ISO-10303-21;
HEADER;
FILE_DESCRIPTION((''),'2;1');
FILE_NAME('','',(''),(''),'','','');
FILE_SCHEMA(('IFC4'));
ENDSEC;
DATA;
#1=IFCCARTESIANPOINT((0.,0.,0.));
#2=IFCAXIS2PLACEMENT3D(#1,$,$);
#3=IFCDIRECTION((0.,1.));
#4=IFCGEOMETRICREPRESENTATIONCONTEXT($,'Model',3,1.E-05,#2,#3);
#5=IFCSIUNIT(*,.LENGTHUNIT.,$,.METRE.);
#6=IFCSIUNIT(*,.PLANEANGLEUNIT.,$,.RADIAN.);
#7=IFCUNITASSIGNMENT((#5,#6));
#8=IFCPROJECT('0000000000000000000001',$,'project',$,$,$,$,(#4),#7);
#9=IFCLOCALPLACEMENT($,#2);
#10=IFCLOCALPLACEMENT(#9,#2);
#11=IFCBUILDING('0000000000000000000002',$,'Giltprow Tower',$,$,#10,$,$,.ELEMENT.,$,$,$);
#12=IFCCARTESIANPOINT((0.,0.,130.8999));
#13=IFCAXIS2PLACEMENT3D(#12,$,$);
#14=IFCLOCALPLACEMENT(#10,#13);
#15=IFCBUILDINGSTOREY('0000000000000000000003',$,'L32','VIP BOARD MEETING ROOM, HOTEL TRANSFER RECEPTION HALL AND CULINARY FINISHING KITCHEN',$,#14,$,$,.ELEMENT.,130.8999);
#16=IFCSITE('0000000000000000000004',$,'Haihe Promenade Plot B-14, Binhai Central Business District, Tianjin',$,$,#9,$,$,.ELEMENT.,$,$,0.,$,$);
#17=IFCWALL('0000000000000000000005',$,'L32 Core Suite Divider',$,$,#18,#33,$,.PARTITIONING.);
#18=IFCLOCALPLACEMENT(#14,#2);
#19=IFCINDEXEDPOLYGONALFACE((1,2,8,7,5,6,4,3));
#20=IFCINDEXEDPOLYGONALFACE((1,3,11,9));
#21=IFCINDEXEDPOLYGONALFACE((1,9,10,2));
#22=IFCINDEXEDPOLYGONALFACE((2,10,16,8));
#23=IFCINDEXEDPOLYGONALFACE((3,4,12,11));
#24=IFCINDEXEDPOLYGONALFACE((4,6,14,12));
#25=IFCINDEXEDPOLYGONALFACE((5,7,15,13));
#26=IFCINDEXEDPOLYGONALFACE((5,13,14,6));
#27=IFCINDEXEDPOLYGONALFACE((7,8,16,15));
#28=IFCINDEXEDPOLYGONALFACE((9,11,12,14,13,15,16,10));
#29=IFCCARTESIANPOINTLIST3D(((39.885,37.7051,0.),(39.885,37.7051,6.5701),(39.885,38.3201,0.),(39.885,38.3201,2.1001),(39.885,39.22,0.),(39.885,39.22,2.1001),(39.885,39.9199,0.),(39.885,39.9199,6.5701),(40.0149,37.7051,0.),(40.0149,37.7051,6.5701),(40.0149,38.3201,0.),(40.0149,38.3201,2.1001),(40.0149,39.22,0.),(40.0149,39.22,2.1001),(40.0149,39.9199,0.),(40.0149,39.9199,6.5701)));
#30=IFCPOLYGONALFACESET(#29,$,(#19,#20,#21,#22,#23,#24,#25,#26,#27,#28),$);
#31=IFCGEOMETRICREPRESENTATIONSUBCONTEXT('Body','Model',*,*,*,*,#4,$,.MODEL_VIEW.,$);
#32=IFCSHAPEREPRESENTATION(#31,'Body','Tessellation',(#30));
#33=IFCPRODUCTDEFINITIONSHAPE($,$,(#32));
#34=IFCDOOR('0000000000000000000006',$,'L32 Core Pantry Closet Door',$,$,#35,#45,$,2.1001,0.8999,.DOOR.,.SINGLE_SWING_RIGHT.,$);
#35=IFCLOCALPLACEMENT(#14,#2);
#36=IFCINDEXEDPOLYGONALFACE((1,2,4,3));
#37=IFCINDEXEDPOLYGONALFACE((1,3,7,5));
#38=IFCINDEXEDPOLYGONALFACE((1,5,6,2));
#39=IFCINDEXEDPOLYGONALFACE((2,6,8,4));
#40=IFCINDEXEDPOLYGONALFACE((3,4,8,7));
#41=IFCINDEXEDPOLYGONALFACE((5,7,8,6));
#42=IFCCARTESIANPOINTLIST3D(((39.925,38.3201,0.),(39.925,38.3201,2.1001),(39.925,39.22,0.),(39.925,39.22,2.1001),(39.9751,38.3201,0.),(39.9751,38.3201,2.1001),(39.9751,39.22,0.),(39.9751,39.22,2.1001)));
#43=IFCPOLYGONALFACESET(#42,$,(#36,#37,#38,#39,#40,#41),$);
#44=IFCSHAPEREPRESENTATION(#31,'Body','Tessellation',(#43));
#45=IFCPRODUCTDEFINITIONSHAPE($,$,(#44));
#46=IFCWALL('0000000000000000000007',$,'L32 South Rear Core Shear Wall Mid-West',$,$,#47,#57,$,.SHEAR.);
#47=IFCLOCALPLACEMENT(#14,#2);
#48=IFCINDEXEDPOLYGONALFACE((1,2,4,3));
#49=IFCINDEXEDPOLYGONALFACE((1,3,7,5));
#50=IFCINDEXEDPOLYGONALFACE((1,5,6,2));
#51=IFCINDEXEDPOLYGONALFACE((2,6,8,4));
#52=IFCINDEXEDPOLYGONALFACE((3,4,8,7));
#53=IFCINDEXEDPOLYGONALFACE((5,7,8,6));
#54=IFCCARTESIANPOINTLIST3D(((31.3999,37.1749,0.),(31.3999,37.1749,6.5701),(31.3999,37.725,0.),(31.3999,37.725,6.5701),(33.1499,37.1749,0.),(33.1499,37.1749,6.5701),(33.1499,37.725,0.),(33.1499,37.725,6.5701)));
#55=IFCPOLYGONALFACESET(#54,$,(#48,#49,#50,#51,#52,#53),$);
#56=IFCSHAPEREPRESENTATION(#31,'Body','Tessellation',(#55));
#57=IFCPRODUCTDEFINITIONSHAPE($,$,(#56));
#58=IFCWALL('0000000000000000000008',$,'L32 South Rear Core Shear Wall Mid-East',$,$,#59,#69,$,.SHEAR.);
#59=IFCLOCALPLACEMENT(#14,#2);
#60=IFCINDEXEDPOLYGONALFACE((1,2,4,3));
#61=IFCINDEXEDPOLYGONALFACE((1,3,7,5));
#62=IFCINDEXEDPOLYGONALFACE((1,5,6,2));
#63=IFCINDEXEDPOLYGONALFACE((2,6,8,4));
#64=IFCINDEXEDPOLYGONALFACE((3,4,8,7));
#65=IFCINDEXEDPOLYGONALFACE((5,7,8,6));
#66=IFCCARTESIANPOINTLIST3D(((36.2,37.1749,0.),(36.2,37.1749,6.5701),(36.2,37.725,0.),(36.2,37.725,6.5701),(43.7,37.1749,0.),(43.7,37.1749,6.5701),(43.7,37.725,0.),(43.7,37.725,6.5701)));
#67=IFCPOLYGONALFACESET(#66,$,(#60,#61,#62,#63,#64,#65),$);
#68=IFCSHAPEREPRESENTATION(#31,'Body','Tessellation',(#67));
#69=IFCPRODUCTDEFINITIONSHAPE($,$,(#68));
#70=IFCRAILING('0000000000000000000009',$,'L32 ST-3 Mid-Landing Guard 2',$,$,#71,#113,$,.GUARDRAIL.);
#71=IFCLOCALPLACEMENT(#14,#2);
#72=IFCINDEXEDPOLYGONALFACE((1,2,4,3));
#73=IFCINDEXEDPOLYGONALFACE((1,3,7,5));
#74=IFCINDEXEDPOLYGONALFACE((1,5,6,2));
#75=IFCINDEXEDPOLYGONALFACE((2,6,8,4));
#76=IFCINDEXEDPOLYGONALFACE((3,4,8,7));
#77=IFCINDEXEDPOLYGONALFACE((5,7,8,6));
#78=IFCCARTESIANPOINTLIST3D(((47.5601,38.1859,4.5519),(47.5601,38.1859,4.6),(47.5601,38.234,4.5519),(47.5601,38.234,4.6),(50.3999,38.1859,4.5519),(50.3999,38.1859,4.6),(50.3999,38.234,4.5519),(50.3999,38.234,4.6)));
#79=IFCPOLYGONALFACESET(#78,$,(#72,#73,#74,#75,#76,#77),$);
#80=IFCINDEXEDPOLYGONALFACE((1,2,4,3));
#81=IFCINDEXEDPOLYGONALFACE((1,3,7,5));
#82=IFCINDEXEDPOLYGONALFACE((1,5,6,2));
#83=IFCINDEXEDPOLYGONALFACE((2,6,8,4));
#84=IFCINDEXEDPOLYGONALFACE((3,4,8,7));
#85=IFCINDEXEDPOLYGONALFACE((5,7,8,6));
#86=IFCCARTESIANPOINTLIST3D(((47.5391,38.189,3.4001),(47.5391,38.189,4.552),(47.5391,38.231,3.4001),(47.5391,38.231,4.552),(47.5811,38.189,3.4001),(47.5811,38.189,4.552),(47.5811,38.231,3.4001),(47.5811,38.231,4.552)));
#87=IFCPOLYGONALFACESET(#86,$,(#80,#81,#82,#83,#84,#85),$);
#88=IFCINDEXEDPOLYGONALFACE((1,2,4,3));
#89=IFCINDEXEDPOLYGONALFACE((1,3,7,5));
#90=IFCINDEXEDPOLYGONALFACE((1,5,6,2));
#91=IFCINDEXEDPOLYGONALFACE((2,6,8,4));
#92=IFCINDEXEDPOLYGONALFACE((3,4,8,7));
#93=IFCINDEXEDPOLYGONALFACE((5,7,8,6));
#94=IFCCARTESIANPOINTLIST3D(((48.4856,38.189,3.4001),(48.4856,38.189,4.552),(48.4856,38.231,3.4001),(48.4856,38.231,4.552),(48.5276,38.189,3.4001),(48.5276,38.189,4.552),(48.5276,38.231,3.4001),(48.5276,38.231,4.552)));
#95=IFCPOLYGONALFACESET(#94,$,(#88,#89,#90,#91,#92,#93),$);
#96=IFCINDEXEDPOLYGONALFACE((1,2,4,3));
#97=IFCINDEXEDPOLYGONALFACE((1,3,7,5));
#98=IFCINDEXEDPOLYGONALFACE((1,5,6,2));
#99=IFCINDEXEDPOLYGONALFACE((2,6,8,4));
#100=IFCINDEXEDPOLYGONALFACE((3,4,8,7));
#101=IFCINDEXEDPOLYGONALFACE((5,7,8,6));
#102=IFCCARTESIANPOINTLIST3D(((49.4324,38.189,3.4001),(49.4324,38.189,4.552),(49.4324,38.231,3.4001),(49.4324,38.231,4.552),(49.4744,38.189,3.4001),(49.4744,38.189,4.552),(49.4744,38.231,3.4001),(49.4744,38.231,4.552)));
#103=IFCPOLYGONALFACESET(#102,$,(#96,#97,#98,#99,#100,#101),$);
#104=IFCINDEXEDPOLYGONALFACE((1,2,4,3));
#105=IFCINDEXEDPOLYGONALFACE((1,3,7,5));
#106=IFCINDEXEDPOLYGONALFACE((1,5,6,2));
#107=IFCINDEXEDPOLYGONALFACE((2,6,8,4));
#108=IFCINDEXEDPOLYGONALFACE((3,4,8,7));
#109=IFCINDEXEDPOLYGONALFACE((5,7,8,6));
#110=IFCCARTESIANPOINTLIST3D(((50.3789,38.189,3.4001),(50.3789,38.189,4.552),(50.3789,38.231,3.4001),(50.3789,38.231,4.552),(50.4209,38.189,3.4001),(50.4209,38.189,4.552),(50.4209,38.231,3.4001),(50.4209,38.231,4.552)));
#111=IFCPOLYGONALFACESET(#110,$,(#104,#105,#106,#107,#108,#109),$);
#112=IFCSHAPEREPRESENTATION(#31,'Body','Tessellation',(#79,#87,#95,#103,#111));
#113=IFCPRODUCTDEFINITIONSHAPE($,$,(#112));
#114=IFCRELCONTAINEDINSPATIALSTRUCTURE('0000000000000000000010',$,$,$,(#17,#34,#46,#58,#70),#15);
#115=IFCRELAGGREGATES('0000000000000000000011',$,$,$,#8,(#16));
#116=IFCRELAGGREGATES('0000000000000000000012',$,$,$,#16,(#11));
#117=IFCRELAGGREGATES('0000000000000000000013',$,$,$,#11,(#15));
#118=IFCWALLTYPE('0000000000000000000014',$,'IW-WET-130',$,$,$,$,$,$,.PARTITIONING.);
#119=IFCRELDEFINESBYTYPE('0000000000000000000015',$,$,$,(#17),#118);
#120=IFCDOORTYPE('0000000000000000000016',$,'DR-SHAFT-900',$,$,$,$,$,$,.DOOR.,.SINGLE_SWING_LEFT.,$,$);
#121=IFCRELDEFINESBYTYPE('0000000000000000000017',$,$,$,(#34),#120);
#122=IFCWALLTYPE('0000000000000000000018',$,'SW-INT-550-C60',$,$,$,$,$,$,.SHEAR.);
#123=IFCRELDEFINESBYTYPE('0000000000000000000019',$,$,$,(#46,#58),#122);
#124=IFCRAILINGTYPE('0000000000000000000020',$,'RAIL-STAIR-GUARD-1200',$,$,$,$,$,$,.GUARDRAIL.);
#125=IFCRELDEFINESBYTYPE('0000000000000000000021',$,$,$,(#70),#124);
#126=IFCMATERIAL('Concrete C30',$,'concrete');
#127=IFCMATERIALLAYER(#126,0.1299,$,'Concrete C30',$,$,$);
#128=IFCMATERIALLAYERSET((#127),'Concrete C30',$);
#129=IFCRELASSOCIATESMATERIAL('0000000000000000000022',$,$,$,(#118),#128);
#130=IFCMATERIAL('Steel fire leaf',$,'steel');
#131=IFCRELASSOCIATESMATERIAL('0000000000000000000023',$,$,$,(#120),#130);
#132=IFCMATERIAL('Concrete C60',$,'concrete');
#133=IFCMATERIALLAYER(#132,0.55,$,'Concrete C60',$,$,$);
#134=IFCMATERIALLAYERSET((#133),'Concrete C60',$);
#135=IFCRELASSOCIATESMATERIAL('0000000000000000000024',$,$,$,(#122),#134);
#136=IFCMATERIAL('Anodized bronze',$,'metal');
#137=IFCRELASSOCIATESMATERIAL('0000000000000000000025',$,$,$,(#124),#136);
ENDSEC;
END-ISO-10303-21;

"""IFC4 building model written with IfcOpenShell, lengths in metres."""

from ifc_helpers import new_model, si_unit, direction, frame, frame_2d, origin, origin_2d, place, context, subcontext, project, spatial, rectangle, extrude, source, transform, mapped, material, layer, layer_set, type_object, element, fill, save


model = new_model("IFC4")

# Units and contexts
model_context = context("Model", 3, precision=1e-05, world=origin(), true_north=direction((0.0, 1.0)))
body_context = subcontext(model_context, "Body", "Model", "MODEL_VIEW")
ifc_project = project(units=[si_unit("LENGTHUNIT", "METRE"), si_unit("PLANEANGLEUNIT", "RADIAN")], contexts=[model_context])

# Site, building, storey
site_placement = place(None, origin())
site = spatial("IfcSite", under=ifc_project, at=site_placement, Name="Haihe Promenade Plot B-14, Binhai Central Business District, Tianjin", CompositionType="ELEMENT", RefElevation=0.0)
building_placement = place(site_placement, origin())
building = spatial("IfcBuilding", under=site, at=building_placement, Name="Giltprow Tower", CompositionType="ELEMENT")
storey_placement = place(building_placement, frame((0.0, 0.0, 130.8999)))
storey = spatial("IfcBuildingStorey", under=building, at=storey_placement, Name="L32", Description="VIP BOARD MEETING ROOM, HOTEL TRANSFER RECEPTION HALL AND CULINARY FINISHING KITCHEN", CompositionType="ELEMENT", Elevation=130.8999)

# Shared definitions
ifc_material_1 = material(Name="Concrete C60", Category="concrete")

# Shared definitions
ifc_material_2 = material(Name="Steel fire leaf", Category="steel")

# Wall, opening, door
ifc_material_3 = material(Name="Concrete C30", Category="concrete")
ifc_layer_1 = layer(ifc_material_3, 0.1299, Name="Concrete C30")
ifc_layer_set_1 = layer_set([ifc_layer_1], Name="Concrete C30")
wall_type_1 = type_object("IfcWallType", Name="IW-WET-130", PredefinedType="PARTITIONING", material=ifc_layer_set_1)
door_type_1 = type_object("IfcDoorType", Name="DR-SHAFT-900", OperationType="SINGLE_SWING_LEFT", PredefinedType="DOOR", material=ifc_material_2)
shared_shape_1 = source(origin(), body_context, "Body", "SweptSolid", [
    extrude(rectangle(XDim=0.8999, YDim=2.1001, at=frame_2d((0.45, 1.05))), frame((0.0, 0.0249, 0.0), z_axis=(0.0, -1.0, 0.0), x_axis=(1.0, 0.0, 0.0)), (0.0, 0.0, 1.0), 0.05),
])
wall_1_placement = place(storey_placement, frame((39.95, 37.7051, 0.0), z_axis=(0.0, 0.0, 1.0), x_axis=(0.0, 1.0, 0.0)))
wall_1 = element("IfcWall", 1, at=wall_1_placement, inside=storey, type_object=wall_type_1, Name="L32 Core Suite Divider", PredefinedType="PARTITIONING", context=body_context, shape_type="SweptSolid", body=[
    extrude(rectangle(XDim=2.2148, YDim=0.1299, at=frame_2d((1.1074, 0.0))), origin(), (0.0, 0.0, 1.0), 6.5701),
])
opening_1_placement = place(wall_1_placement, frame((0.615, 0.0, 0.0)))
opening_1 = element("IfcOpeningElement", 2, at=opening_1_placement, cuts=wall_1, PredefinedType="OPENING", context=body_context, shape_type="SweptSolid", body=[
    extrude(rectangle(XDim=0.8999, YDim=2.1001, at=frame_2d((0.45, 1.05))), frame((0.0, 0.075, 0.0), z_axis=(0.0, -1.0, 0.0), x_axis=(1.0, 0.0, 0.0)), (0.0, 0.0, 1.0), 0.1499),
])
door_1_placement = place(opening_1_placement, origin())
door_1 = element("IfcDoor", 3, at=door_1_placement, inside=storey, type_object=door_type_1, Name="L32 Core Pantry Closet Door", OperationType="SINGLE_SWING_RIGHT", OverallHeight=2.1001, OverallWidth=0.8999, PredefinedType="DOOR", context=body_context, shape_type="MappedRepresentation", body=[
    mapped(shared_shape_1, transform((0.0, 0.0, 0.0), x_axis=(1.0, 0.0, 0.0), y_axis=(0.0, 1.0, 0.0), z_axis=(0.0, 0.0, 1.0), scale=1.0)),
])
fill(opening_1, door_1)

# Walls
ifc_layer_2 = layer(ifc_material_1, 0.55, Name="Concrete C60")
ifc_layer_set_2 = layer_set([ifc_layer_2], Name="Concrete C60")
wall_type_2 = type_object("IfcWallType", Name="SW-INT-550-C60", PredefinedType="SHEAR", material=ifc_layer_set_2)
wall_2_placement = place(storey_placement, frame((31.3999, 37.45, 0.0), z_axis=(0.0, 0.0, 1.0), x_axis=(1.0, 0.0, 0.0)))
element("IfcWall", 4, at=wall_2_placement, inside=storey, type_object=wall_type_2, Name="L32 South Rear Core Shear Wall Mid-West", PredefinedType="SHEAR", context=body_context, shape_type="SweptSolid", body=[
    extrude(rectangle(XDim=1.75, YDim=0.55, at=frame_2d((0.875, 0.0))), origin(), (0.0, 0.0, 1.0), 6.5701),
])
wall_3_placement = place(storey_placement, frame((36.2, 37.45, 0.0), z_axis=(0.0, 0.0, 1.0), x_axis=(1.0, 0.0, 0.0)))
element("IfcWall", 5, at=wall_3_placement, inside=storey, type_object=wall_type_2, Name="L32 South Rear Core Shear Wall Mid-East", PredefinedType="SHEAR", context=body_context, shape_type="SweptSolid", body=[
    extrude(rectangle(XDim=7.5, YDim=0.55, at=frame_2d((3.75, 0.0))), origin(), (0.0, 0.0, 1.0), 6.5701),
])

# Railing
ifc_material_4 = material(Name="Anodized bronze", Category="metal")
railing_type = type_object("IfcRailingType", Name="RAIL-STAIR-GUARD-1200", PredefinedType="GUARDRAIL", material=ifc_material_4)
railing_placement = place(storey_placement, frame((47.5601, 38.21, 3.4001)))
element("IfcRailing", 6, at=railing_placement, inside=storey, type_object=railing_type, Name="L32 ST-3 Mid-Landing Guard 2", PredefinedType="GUARDRAIL", context=body_context, shape_type="SweptSolid", body=[
    extrude(rectangle(XDim=0.0481, YDim=0.0481, at=origin_2d()), frame((0.0, 0.0, 1.1758), z_axis=(1.0, 0.0, 0.0), x_axis=(0.0, 1.0, 0.0)), (0.0, 0.0, 1.0), 2.8398),
    extrude(rectangle(XDim=0.042, YDim=0.042, at=origin_2d()), origin(), (0.0, 0.0, 1.0), 1.1519),
    extrude(rectangle(XDim=0.042, YDim=0.042, at=origin_2d()), frame((0.9465, 0.0, 0.0)), (0.0, 0.0, 1.0), 1.1519),
    extrude(rectangle(XDim=0.042, YDim=0.042, at=origin_2d()), frame((1.8933, 0.0, 0.0)), (0.0, 0.0, 1.0), 1.1519),
    extrude(rectangle(XDim=0.042, YDim=0.042, at=origin_2d()), frame((2.8398, 0.0, 0.0)), (0.0, 0.0, 1.0), 1.1519),
])

save(model, "model.ifc")
